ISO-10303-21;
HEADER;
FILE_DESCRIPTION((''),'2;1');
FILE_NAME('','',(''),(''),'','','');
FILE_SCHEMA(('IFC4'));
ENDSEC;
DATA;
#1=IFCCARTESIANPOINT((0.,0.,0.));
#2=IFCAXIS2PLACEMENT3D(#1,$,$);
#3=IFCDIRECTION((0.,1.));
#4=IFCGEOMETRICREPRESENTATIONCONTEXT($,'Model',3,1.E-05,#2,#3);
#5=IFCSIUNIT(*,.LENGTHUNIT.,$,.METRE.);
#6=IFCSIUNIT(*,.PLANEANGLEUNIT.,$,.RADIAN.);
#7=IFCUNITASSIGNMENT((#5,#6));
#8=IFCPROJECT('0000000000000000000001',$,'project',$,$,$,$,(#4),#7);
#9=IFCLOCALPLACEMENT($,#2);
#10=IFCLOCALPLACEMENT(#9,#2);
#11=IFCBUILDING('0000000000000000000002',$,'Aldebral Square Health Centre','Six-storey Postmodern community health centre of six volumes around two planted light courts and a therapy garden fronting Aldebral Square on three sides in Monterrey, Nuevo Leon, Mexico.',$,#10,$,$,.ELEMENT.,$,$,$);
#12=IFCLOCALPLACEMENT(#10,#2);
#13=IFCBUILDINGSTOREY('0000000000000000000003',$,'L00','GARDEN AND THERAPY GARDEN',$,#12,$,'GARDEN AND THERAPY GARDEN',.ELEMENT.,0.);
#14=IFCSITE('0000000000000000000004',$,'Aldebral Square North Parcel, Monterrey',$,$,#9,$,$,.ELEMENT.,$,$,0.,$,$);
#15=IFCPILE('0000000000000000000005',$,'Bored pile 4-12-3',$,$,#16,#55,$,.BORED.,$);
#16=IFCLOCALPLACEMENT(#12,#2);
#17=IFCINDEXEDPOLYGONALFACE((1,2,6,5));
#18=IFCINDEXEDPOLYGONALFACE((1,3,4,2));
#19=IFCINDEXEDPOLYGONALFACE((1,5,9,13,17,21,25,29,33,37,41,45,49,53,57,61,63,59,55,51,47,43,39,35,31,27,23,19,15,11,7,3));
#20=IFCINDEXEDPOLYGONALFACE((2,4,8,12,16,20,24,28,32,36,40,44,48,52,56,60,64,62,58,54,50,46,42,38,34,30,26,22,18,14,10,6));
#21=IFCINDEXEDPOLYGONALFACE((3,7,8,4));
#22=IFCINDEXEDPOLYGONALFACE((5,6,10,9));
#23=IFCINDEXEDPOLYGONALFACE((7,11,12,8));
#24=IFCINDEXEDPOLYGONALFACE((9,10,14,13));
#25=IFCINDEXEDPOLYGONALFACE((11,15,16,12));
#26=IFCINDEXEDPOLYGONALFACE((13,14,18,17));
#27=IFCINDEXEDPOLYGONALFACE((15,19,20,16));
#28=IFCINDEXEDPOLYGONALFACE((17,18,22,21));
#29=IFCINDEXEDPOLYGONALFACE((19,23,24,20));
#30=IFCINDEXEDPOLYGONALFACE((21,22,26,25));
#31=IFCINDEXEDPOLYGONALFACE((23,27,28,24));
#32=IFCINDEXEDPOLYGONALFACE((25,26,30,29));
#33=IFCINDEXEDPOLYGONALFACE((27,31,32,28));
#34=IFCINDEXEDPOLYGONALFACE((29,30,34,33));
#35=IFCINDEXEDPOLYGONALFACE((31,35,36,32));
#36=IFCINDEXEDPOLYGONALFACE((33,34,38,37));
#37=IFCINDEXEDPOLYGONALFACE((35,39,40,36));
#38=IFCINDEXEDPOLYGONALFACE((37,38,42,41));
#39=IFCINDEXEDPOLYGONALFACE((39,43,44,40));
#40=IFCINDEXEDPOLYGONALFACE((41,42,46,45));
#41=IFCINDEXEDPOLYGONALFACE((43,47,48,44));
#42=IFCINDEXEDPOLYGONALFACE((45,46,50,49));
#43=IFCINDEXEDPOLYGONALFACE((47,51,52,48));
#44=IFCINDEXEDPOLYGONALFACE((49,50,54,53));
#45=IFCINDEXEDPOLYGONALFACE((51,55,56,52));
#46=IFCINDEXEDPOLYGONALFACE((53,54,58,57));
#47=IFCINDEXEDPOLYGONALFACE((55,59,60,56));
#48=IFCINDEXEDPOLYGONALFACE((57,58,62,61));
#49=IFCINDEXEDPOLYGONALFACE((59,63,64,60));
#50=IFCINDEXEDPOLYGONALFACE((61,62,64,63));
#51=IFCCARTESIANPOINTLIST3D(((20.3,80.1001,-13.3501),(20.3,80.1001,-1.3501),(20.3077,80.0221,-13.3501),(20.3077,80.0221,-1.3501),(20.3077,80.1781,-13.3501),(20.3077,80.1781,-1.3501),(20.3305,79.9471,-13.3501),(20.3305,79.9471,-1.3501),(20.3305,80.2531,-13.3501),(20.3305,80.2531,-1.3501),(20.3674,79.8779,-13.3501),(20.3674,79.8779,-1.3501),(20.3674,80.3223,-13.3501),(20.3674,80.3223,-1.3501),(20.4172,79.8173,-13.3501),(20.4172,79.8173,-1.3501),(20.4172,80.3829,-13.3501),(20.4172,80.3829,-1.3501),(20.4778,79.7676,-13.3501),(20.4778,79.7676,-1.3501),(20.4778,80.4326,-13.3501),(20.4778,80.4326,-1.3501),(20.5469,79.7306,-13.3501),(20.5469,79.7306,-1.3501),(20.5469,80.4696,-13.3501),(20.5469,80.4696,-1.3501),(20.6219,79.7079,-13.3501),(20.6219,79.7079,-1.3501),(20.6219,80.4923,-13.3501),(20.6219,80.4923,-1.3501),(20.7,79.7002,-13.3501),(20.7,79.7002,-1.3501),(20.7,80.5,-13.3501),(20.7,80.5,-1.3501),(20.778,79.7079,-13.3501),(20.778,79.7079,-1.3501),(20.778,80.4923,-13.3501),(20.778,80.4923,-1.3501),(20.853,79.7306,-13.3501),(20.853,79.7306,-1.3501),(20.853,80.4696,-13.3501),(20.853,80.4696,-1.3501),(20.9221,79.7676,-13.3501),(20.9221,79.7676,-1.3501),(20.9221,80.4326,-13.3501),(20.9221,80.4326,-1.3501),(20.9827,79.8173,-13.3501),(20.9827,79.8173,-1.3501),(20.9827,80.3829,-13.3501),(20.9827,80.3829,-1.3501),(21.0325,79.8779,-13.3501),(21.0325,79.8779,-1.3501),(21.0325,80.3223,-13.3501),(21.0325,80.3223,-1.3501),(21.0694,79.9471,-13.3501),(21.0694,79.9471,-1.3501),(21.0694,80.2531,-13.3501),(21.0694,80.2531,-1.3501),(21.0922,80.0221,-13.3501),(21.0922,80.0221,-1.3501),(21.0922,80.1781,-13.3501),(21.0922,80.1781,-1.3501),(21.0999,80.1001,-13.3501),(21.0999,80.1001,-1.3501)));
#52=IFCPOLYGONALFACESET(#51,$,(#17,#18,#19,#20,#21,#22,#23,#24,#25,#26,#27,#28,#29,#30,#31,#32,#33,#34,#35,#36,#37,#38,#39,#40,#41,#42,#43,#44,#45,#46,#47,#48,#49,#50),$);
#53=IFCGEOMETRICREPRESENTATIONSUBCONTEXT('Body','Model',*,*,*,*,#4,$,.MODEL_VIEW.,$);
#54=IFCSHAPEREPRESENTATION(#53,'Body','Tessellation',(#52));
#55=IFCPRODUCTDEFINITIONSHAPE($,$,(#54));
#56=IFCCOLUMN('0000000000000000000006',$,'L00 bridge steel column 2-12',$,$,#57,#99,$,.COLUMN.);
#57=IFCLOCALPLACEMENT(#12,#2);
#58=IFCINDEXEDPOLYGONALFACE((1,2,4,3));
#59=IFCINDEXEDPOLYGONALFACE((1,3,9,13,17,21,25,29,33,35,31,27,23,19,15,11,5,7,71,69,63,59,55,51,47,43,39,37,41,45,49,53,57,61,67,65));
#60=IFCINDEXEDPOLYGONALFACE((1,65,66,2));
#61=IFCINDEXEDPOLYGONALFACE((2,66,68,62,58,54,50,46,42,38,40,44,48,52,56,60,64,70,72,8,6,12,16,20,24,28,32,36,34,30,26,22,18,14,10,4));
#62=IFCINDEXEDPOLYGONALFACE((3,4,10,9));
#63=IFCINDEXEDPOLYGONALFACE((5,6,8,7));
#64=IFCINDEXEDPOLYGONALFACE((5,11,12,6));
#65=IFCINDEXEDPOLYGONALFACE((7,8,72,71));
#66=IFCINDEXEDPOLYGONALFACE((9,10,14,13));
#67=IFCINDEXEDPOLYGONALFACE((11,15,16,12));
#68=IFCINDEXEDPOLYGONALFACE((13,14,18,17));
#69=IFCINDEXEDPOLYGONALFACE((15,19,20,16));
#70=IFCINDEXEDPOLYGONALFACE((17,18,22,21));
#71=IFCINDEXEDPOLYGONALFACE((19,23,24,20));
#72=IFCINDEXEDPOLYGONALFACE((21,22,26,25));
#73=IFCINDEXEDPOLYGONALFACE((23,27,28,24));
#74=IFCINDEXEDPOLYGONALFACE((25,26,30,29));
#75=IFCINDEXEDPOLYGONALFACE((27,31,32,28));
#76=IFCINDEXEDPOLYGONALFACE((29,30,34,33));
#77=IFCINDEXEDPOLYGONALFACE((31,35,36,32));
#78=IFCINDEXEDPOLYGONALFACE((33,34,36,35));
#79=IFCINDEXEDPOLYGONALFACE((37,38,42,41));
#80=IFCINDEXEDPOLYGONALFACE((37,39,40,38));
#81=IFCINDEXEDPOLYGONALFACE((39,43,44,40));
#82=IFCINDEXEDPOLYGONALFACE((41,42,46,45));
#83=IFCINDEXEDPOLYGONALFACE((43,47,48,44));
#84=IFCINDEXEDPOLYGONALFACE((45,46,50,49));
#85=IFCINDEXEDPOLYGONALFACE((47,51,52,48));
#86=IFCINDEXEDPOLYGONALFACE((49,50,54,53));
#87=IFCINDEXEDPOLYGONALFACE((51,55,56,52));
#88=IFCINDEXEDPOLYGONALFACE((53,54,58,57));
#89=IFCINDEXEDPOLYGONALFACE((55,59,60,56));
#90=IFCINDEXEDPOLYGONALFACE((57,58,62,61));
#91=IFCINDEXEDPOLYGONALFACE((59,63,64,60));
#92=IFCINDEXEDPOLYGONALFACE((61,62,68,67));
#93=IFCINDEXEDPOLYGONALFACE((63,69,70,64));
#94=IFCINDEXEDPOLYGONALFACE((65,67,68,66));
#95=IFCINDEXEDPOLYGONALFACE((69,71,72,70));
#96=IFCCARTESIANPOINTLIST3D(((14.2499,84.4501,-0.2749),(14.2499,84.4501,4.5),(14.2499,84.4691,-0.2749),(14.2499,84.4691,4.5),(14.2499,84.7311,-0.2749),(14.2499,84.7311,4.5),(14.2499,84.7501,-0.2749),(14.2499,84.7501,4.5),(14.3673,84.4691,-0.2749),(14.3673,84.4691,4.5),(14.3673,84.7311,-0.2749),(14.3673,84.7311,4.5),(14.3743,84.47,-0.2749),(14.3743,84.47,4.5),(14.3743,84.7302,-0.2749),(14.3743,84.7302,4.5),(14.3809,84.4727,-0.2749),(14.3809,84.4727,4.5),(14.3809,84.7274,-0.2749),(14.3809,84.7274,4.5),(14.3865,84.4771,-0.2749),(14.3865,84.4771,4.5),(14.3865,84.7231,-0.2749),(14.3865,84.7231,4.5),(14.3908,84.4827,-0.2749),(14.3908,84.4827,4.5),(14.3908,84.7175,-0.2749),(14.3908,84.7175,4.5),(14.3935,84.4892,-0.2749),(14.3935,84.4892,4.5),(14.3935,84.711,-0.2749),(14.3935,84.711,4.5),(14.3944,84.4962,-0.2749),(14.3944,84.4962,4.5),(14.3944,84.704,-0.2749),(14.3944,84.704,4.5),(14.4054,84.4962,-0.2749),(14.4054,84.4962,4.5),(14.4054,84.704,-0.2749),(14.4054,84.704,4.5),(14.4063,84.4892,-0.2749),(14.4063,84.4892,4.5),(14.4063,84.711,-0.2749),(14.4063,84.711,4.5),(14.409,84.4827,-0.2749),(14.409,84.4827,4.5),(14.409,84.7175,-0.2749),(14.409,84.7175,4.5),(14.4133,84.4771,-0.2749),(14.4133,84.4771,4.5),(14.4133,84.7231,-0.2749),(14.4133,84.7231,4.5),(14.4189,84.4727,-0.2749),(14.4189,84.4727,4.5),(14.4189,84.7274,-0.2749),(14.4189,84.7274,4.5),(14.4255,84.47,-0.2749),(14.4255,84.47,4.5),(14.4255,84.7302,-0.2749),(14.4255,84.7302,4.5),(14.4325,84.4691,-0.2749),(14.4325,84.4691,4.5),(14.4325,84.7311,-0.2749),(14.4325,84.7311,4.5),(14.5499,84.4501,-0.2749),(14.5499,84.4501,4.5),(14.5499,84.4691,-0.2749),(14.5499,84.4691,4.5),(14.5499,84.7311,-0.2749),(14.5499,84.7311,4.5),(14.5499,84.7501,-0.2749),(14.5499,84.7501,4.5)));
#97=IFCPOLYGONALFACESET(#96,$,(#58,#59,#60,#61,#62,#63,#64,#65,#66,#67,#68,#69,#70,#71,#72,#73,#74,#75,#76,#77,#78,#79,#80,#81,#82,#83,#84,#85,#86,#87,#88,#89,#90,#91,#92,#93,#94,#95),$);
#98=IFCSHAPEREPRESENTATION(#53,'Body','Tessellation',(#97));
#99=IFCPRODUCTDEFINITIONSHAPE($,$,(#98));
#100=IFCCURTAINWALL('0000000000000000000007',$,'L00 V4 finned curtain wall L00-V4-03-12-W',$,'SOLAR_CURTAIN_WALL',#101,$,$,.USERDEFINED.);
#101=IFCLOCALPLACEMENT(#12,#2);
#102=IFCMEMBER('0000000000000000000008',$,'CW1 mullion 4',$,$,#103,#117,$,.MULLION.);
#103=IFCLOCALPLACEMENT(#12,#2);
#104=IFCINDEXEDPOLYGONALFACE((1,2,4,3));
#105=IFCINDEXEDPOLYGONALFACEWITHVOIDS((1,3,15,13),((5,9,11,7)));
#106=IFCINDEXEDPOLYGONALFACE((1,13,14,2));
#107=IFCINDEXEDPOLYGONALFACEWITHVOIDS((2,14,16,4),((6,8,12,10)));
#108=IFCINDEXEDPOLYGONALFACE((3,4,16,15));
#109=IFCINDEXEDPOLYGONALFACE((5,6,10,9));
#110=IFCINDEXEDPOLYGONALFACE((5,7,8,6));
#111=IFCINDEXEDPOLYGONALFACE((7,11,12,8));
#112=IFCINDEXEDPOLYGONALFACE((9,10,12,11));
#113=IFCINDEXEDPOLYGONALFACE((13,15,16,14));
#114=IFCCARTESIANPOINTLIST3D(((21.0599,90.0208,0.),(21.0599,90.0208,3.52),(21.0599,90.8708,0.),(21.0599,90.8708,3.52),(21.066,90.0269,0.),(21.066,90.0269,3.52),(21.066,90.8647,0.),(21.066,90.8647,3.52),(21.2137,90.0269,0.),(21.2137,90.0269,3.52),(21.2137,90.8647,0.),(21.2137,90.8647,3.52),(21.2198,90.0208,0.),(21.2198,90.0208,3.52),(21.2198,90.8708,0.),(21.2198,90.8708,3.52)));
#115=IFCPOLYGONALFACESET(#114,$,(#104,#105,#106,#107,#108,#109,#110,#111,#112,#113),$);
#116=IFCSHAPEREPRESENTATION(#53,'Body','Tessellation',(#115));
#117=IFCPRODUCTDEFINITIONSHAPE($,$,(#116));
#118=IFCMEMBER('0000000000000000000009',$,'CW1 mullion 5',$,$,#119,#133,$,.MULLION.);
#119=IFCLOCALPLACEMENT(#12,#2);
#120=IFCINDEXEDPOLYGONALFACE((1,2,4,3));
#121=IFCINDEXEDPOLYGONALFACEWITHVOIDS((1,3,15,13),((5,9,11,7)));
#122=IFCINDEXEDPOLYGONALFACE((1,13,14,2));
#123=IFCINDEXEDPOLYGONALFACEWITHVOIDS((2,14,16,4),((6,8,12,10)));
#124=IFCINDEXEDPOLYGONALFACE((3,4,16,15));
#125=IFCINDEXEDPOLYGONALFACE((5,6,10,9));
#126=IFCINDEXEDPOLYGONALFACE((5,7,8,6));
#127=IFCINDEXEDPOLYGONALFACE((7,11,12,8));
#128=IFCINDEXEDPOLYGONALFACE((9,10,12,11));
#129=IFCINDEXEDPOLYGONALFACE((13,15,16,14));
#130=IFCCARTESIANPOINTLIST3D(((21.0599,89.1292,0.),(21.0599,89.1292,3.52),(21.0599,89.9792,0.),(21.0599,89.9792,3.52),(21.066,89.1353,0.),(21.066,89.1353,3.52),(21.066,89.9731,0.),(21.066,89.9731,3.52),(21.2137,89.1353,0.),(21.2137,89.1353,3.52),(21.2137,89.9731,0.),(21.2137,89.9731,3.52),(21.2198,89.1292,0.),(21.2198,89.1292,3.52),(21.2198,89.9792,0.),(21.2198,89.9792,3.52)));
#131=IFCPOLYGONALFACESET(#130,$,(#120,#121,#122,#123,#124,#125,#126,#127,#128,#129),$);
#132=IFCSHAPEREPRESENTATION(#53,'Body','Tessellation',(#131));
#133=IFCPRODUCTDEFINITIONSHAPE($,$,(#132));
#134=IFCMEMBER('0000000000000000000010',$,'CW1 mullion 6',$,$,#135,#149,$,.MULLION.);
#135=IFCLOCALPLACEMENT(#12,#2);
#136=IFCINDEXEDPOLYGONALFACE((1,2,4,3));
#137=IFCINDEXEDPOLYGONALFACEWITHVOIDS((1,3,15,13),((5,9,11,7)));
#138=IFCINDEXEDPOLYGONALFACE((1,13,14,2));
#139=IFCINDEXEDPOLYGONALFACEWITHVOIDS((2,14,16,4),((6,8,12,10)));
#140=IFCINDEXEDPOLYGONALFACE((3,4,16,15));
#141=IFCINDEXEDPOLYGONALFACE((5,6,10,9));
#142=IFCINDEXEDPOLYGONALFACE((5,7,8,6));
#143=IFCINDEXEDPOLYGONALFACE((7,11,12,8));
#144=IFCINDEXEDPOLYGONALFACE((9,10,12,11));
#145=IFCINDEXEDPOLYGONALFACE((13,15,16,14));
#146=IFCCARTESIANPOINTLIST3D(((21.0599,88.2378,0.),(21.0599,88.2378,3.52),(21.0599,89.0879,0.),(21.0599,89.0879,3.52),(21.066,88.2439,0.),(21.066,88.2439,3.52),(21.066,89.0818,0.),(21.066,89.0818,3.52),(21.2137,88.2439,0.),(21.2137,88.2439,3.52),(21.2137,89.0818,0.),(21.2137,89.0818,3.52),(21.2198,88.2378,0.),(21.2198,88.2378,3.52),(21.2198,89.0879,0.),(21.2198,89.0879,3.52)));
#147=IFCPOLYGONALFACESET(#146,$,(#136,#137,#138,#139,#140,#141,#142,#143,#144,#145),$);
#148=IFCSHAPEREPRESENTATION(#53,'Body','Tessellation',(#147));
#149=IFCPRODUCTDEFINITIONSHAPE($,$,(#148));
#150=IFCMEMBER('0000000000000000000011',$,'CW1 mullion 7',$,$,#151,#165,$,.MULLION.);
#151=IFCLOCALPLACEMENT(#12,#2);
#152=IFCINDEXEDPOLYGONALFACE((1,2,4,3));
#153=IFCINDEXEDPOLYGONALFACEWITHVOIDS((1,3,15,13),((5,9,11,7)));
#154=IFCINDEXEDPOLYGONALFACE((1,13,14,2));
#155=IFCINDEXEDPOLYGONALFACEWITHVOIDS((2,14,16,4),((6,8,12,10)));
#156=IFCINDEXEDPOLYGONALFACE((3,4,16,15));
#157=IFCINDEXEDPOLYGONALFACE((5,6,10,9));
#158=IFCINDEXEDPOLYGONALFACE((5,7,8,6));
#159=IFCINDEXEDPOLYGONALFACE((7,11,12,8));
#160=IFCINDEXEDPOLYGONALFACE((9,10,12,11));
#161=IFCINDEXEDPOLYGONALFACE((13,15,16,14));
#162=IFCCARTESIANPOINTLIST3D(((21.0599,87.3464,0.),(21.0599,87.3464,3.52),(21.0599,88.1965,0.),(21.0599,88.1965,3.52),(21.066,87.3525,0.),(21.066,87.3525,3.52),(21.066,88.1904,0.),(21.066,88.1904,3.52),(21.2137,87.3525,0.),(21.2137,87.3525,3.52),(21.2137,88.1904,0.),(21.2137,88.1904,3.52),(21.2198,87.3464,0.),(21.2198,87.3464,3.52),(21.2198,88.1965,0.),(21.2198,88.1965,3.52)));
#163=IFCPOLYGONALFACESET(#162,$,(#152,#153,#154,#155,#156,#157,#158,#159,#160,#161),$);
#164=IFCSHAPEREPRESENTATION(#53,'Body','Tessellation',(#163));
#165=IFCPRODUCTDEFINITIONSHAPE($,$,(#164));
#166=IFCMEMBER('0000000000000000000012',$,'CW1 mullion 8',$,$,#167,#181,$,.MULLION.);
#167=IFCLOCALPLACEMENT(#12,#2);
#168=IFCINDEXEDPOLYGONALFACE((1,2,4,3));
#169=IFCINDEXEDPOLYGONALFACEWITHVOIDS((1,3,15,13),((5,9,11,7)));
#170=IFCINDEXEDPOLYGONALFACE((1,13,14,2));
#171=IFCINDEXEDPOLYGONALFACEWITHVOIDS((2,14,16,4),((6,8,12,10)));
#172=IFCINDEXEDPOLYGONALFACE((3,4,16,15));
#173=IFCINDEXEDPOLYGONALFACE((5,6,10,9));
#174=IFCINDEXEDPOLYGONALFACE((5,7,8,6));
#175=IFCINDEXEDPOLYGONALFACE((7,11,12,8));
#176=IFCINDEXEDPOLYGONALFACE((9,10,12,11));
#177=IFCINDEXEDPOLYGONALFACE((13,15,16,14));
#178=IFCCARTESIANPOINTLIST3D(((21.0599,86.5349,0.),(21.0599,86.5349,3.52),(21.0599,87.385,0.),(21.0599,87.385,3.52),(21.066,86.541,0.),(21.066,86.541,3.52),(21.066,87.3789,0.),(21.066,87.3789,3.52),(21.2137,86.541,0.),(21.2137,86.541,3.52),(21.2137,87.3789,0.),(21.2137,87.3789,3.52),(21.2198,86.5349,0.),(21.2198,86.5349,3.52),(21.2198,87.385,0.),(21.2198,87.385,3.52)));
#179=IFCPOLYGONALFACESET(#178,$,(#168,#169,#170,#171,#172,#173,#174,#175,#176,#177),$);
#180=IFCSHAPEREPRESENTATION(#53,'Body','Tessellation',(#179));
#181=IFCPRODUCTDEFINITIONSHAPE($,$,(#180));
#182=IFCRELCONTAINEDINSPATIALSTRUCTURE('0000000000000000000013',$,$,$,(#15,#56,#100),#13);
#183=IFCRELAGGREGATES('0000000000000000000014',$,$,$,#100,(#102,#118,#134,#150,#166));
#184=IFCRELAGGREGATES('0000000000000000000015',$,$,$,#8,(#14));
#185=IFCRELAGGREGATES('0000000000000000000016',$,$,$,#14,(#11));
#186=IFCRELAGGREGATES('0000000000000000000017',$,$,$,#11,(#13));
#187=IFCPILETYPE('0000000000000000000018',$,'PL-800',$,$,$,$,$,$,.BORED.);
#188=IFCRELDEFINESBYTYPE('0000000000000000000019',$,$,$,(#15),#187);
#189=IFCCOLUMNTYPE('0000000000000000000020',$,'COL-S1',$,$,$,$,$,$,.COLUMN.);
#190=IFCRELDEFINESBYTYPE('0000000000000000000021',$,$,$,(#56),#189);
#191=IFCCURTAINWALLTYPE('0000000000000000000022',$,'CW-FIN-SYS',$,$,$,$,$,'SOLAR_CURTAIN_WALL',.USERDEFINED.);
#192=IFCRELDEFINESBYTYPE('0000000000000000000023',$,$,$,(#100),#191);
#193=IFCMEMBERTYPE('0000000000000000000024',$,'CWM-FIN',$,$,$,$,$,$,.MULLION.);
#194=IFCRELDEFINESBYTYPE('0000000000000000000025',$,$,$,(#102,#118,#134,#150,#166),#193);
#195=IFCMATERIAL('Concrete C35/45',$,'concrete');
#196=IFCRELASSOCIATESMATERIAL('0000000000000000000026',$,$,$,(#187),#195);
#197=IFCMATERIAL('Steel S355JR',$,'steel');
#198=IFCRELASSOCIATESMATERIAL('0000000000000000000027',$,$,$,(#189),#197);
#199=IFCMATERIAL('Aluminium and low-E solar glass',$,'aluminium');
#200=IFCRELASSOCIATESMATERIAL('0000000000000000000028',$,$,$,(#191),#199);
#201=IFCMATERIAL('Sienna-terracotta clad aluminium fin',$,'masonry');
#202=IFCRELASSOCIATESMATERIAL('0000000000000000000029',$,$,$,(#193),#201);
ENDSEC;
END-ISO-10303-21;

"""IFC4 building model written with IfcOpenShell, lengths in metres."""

from ifc_helpers import new_model, si_unit, direction, frame, origin, origin_2d, place, context, subcontext, project, spatial, hollow_rectangle, circle, i_section, extrude, material, material_profile, profile_set, type_object, element, aggregate, save


model = new_model("IFC4")

# Units and contexts
model_context = context("Model", 3, precision=1e-05, world=origin(), true_north=direction((0.0, 1.0)))
body_context = subcontext(model_context, "Body", "Model", "MODEL_VIEW")
ifc_project = project(units=[si_unit("LENGTHUNIT", "METRE"), si_unit("PLANEANGLEUNIT", "RADIAN")], contexts=[model_context])

# Site, building, storey
site_placement = place(None, origin())
site = spatial("IfcSite", under=ifc_project, at=site_placement, Name="Aldebral Square North Parcel, Monterrey", CompositionType="ELEMENT", RefElevation=0.0)
building_placement = place(site_placement, origin())
building = spatial("IfcBuilding", under=site, at=building_placement, Name="Aldebral Square Health Centre", Description="Six-storey Postmodern community health centre of six volumes around two planted light courts and a therapy garden fronting Aldebral Square on three sides in Monterrey, Nuevo Leon, Mexico.", CompositionType="ELEMENT")
storey_placement = place(building_placement, origin())
storey = spatial("IfcBuildingStorey", under=building, at=storey_placement, Name="L00", Description="GARDEN AND THERAPY GARDEN", LongName="GARDEN AND THERAPY GARDEN", CompositionType="ELEMENT", Elevation=0.0)

# Pile
ifc_material_1 = material(Name="Concrete C35/45", Category="concrete")
ifc_material_profile_1 = material_profile(ifc_material_1, circle(Radius=0.3999, at=origin_2d()), Name="PILE D800")
ifc_profile_set_1 = profile_set([ifc_material_profile_1], Name="Concrete C35/45")
pile_type_1 = type_object("IfcPileType", Name="PL-800", PredefinedType="BORED", material=ifc_profile_set_1)
for number, where, z_axis, x_axis, name in (
    (1, (20.7, 80.1001, -1.3501), (0.0, 0.0, -1.0), (1.0, 0.0, 0.0), "Bored pile 4-12-3"),
):
    element("IfcPile", number, at=place(storey_placement, frame(where, z_axis=z_axis, x_axis=x_axis)), inside=storey, type_object=pile_type_1, Name=name, PredefinedType="BORED", context=body_context, shape_type="SweptSolid", body=[
        extrude(circle(Radius=0.3999, at=origin_2d()), origin(), (0.0, 0.0, 1.0), 12.0),
    ])

# Column
ifc_material_2 = material(Name="Steel S355JR", Category="steel")
ifc_material_profile_2 = material_profile(ifc_material_2, i_section(OverallWidth=0.3, OverallDepth=0.3, WebThickness=0.011, FlangeThickness=0.019, FilletRadius=0.0271, at=origin_2d()), Name="HEB 300")
ifc_profile_set_2 = profile_set([ifc_material_profile_2], Name="Steel S355JR")
column_type = type_object("IfcColumnType", Name="COL-S1", PredefinedType="COLUMN", material=ifc_profile_set_2)
column_placement = place(storey_placement, frame((14.3999, 84.6001, -0.2749), z_axis=(0.0, 0.0, 1.0), x_axis=(1.0, 0.0, 0.0)))
element("IfcColumn", 2, at=column_placement, inside=storey, type_object=column_type, Name="L00 bridge steel column 2-12", PredefinedType="COLUMN", context=body_context, shape_type="SweptSolid", body=[
    extrude(i_section(OverallWidth=0.3, OverallDepth=0.3, WebThickness=0.011, FlangeThickness=0.019, FilletRadius=0.0271, at=origin_2d()), origin(), (0.0, 0.0, 1.0), 4.7749),
])

# Curtain wall, members
ifc_material_3 = material(Name="Aluminium and low-E solar glass", Category="aluminium")
curtain_wall_type = type_object("IfcCurtainWallType", Name="CW-FIN-SYS", ElementType="SOLAR_CURTAIN_WALL", PredefinedType="USERDEFINED", material=ifc_material_3)
curtain_wall_placement = place(storey_placement, origin())
curtain_wall = element("IfcCurtainWall", 3, at=curtain_wall_placement, inside=storey, type_object=curtain_wall_type, Name="L00 V4 finned curtain wall L00-V4-03-12-W", ObjectType="SOLAR_CURTAIN_WALL", PredefinedType="USERDEFINED")
ifc_material_4 = material(Name="Sienna-terracotta clad aluminium fin", Category="masonry")
ifc_material_profile_3 = material_profile(ifc_material_4, hollow_rectangle(XDim=0.1599, YDim=0.8501, WallThickness=0.0061, at=origin_2d()), Name="FIN 160x850x6")
ifc_profile_set_3 = profile_set([ifc_material_profile_3], Name="Sienna-terracotta clad aluminium fin")
member_type_1 = type_object("IfcMemberType", Name="CWM-FIN", PredefinedType="MULLION", material=ifc_profile_set_3)
member_1_placement = place(storey_placement, frame((21.1399, 90.4458, 0.0), z_axis=(0.0, 0.0, 1.0), x_axis=(1.0, 0.0, 0.0)))
member_1 = element("IfcMember", 4, at=member_1_placement, type_object=member_type_1, Name="CW1 mullion 4", PredefinedType="MULLION", context=body_context, shape_type="SweptSolid", body=[
    extrude(hollow_rectangle(XDim=0.1599, YDim=0.8501, WallThickness=0.0061, at=origin_2d()), origin(), (0.0, 0.0, 1.0), 3.52),
])
member_2_placement = place(storey_placement, frame((21.1399, 89.5542, 0.0), z_axis=(0.0, 0.0, 1.0), x_axis=(1.0, 0.0, 0.0)))
member_2 = element("IfcMember", 5, at=member_2_placement, type_object=member_type_1, Name="CW1 mullion 5", PredefinedType="MULLION", context=body_context, shape_type="SweptSolid", body=[
    extrude(hollow_rectangle(XDim=0.1599, YDim=0.8501, WallThickness=0.0061, at=origin_2d()), origin(), (0.0, 0.0, 1.0), 3.52),
])
member_3_placement = place(storey_placement, frame((21.1399, 88.6628, 0.0), z_axis=(0.0, 0.0, 1.0), x_axis=(1.0, 0.0, 0.0)))
member_3 = element("IfcMember", 6, at=member_3_placement, type_object=member_type_1, Name="CW1 mullion 6", PredefinedType="MULLION", context=body_context, shape_type="SweptSolid", body=[
    extrude(hollow_rectangle(XDim=0.1599, YDim=0.8501, WallThickness=0.0061, at=origin_2d()), origin(), (0.0, 0.0, 1.0), 3.52),
])
member_4_placement = place(storey_placement, frame((21.1399, 87.7715, 0.0), z_axis=(0.0, 0.0, 1.0), x_axis=(1.0, 0.0, 0.0)))
member_4 = element("IfcMember", 7, at=member_4_placement, type_object=member_type_1, Name="CW1 mullion 7", PredefinedType="MULLION", context=body_context, shape_type="SweptSolid", body=[
    extrude(hollow_rectangle(XDim=0.1599, YDim=0.8501, WallThickness=0.0061, at=origin_2d()), origin(), (0.0, 0.0, 1.0), 3.52),
])
member_5_placement = place(storey_placement, frame((21.1399, 86.96, 0.0), z_axis=(0.0, 0.0, 1.0), x_axis=(1.0, 0.0, 0.0)))
member_5 = element("IfcMember", 8, at=member_5_placement, type_object=member_type_1, Name="CW1 mullion 8", PredefinedType="MULLION", context=body_context, shape_type="SweptSolid", body=[
    extrude(hollow_rectangle(XDim=0.1599, YDim=0.8501, WallThickness=0.0061, at=origin_2d()), origin(), (0.0, 0.0, 1.0), 3.52),
])
aggregate(curtain_wall, [member_1, member_2, member_3, member_4, member_5])

save(model, "model.ifc")
